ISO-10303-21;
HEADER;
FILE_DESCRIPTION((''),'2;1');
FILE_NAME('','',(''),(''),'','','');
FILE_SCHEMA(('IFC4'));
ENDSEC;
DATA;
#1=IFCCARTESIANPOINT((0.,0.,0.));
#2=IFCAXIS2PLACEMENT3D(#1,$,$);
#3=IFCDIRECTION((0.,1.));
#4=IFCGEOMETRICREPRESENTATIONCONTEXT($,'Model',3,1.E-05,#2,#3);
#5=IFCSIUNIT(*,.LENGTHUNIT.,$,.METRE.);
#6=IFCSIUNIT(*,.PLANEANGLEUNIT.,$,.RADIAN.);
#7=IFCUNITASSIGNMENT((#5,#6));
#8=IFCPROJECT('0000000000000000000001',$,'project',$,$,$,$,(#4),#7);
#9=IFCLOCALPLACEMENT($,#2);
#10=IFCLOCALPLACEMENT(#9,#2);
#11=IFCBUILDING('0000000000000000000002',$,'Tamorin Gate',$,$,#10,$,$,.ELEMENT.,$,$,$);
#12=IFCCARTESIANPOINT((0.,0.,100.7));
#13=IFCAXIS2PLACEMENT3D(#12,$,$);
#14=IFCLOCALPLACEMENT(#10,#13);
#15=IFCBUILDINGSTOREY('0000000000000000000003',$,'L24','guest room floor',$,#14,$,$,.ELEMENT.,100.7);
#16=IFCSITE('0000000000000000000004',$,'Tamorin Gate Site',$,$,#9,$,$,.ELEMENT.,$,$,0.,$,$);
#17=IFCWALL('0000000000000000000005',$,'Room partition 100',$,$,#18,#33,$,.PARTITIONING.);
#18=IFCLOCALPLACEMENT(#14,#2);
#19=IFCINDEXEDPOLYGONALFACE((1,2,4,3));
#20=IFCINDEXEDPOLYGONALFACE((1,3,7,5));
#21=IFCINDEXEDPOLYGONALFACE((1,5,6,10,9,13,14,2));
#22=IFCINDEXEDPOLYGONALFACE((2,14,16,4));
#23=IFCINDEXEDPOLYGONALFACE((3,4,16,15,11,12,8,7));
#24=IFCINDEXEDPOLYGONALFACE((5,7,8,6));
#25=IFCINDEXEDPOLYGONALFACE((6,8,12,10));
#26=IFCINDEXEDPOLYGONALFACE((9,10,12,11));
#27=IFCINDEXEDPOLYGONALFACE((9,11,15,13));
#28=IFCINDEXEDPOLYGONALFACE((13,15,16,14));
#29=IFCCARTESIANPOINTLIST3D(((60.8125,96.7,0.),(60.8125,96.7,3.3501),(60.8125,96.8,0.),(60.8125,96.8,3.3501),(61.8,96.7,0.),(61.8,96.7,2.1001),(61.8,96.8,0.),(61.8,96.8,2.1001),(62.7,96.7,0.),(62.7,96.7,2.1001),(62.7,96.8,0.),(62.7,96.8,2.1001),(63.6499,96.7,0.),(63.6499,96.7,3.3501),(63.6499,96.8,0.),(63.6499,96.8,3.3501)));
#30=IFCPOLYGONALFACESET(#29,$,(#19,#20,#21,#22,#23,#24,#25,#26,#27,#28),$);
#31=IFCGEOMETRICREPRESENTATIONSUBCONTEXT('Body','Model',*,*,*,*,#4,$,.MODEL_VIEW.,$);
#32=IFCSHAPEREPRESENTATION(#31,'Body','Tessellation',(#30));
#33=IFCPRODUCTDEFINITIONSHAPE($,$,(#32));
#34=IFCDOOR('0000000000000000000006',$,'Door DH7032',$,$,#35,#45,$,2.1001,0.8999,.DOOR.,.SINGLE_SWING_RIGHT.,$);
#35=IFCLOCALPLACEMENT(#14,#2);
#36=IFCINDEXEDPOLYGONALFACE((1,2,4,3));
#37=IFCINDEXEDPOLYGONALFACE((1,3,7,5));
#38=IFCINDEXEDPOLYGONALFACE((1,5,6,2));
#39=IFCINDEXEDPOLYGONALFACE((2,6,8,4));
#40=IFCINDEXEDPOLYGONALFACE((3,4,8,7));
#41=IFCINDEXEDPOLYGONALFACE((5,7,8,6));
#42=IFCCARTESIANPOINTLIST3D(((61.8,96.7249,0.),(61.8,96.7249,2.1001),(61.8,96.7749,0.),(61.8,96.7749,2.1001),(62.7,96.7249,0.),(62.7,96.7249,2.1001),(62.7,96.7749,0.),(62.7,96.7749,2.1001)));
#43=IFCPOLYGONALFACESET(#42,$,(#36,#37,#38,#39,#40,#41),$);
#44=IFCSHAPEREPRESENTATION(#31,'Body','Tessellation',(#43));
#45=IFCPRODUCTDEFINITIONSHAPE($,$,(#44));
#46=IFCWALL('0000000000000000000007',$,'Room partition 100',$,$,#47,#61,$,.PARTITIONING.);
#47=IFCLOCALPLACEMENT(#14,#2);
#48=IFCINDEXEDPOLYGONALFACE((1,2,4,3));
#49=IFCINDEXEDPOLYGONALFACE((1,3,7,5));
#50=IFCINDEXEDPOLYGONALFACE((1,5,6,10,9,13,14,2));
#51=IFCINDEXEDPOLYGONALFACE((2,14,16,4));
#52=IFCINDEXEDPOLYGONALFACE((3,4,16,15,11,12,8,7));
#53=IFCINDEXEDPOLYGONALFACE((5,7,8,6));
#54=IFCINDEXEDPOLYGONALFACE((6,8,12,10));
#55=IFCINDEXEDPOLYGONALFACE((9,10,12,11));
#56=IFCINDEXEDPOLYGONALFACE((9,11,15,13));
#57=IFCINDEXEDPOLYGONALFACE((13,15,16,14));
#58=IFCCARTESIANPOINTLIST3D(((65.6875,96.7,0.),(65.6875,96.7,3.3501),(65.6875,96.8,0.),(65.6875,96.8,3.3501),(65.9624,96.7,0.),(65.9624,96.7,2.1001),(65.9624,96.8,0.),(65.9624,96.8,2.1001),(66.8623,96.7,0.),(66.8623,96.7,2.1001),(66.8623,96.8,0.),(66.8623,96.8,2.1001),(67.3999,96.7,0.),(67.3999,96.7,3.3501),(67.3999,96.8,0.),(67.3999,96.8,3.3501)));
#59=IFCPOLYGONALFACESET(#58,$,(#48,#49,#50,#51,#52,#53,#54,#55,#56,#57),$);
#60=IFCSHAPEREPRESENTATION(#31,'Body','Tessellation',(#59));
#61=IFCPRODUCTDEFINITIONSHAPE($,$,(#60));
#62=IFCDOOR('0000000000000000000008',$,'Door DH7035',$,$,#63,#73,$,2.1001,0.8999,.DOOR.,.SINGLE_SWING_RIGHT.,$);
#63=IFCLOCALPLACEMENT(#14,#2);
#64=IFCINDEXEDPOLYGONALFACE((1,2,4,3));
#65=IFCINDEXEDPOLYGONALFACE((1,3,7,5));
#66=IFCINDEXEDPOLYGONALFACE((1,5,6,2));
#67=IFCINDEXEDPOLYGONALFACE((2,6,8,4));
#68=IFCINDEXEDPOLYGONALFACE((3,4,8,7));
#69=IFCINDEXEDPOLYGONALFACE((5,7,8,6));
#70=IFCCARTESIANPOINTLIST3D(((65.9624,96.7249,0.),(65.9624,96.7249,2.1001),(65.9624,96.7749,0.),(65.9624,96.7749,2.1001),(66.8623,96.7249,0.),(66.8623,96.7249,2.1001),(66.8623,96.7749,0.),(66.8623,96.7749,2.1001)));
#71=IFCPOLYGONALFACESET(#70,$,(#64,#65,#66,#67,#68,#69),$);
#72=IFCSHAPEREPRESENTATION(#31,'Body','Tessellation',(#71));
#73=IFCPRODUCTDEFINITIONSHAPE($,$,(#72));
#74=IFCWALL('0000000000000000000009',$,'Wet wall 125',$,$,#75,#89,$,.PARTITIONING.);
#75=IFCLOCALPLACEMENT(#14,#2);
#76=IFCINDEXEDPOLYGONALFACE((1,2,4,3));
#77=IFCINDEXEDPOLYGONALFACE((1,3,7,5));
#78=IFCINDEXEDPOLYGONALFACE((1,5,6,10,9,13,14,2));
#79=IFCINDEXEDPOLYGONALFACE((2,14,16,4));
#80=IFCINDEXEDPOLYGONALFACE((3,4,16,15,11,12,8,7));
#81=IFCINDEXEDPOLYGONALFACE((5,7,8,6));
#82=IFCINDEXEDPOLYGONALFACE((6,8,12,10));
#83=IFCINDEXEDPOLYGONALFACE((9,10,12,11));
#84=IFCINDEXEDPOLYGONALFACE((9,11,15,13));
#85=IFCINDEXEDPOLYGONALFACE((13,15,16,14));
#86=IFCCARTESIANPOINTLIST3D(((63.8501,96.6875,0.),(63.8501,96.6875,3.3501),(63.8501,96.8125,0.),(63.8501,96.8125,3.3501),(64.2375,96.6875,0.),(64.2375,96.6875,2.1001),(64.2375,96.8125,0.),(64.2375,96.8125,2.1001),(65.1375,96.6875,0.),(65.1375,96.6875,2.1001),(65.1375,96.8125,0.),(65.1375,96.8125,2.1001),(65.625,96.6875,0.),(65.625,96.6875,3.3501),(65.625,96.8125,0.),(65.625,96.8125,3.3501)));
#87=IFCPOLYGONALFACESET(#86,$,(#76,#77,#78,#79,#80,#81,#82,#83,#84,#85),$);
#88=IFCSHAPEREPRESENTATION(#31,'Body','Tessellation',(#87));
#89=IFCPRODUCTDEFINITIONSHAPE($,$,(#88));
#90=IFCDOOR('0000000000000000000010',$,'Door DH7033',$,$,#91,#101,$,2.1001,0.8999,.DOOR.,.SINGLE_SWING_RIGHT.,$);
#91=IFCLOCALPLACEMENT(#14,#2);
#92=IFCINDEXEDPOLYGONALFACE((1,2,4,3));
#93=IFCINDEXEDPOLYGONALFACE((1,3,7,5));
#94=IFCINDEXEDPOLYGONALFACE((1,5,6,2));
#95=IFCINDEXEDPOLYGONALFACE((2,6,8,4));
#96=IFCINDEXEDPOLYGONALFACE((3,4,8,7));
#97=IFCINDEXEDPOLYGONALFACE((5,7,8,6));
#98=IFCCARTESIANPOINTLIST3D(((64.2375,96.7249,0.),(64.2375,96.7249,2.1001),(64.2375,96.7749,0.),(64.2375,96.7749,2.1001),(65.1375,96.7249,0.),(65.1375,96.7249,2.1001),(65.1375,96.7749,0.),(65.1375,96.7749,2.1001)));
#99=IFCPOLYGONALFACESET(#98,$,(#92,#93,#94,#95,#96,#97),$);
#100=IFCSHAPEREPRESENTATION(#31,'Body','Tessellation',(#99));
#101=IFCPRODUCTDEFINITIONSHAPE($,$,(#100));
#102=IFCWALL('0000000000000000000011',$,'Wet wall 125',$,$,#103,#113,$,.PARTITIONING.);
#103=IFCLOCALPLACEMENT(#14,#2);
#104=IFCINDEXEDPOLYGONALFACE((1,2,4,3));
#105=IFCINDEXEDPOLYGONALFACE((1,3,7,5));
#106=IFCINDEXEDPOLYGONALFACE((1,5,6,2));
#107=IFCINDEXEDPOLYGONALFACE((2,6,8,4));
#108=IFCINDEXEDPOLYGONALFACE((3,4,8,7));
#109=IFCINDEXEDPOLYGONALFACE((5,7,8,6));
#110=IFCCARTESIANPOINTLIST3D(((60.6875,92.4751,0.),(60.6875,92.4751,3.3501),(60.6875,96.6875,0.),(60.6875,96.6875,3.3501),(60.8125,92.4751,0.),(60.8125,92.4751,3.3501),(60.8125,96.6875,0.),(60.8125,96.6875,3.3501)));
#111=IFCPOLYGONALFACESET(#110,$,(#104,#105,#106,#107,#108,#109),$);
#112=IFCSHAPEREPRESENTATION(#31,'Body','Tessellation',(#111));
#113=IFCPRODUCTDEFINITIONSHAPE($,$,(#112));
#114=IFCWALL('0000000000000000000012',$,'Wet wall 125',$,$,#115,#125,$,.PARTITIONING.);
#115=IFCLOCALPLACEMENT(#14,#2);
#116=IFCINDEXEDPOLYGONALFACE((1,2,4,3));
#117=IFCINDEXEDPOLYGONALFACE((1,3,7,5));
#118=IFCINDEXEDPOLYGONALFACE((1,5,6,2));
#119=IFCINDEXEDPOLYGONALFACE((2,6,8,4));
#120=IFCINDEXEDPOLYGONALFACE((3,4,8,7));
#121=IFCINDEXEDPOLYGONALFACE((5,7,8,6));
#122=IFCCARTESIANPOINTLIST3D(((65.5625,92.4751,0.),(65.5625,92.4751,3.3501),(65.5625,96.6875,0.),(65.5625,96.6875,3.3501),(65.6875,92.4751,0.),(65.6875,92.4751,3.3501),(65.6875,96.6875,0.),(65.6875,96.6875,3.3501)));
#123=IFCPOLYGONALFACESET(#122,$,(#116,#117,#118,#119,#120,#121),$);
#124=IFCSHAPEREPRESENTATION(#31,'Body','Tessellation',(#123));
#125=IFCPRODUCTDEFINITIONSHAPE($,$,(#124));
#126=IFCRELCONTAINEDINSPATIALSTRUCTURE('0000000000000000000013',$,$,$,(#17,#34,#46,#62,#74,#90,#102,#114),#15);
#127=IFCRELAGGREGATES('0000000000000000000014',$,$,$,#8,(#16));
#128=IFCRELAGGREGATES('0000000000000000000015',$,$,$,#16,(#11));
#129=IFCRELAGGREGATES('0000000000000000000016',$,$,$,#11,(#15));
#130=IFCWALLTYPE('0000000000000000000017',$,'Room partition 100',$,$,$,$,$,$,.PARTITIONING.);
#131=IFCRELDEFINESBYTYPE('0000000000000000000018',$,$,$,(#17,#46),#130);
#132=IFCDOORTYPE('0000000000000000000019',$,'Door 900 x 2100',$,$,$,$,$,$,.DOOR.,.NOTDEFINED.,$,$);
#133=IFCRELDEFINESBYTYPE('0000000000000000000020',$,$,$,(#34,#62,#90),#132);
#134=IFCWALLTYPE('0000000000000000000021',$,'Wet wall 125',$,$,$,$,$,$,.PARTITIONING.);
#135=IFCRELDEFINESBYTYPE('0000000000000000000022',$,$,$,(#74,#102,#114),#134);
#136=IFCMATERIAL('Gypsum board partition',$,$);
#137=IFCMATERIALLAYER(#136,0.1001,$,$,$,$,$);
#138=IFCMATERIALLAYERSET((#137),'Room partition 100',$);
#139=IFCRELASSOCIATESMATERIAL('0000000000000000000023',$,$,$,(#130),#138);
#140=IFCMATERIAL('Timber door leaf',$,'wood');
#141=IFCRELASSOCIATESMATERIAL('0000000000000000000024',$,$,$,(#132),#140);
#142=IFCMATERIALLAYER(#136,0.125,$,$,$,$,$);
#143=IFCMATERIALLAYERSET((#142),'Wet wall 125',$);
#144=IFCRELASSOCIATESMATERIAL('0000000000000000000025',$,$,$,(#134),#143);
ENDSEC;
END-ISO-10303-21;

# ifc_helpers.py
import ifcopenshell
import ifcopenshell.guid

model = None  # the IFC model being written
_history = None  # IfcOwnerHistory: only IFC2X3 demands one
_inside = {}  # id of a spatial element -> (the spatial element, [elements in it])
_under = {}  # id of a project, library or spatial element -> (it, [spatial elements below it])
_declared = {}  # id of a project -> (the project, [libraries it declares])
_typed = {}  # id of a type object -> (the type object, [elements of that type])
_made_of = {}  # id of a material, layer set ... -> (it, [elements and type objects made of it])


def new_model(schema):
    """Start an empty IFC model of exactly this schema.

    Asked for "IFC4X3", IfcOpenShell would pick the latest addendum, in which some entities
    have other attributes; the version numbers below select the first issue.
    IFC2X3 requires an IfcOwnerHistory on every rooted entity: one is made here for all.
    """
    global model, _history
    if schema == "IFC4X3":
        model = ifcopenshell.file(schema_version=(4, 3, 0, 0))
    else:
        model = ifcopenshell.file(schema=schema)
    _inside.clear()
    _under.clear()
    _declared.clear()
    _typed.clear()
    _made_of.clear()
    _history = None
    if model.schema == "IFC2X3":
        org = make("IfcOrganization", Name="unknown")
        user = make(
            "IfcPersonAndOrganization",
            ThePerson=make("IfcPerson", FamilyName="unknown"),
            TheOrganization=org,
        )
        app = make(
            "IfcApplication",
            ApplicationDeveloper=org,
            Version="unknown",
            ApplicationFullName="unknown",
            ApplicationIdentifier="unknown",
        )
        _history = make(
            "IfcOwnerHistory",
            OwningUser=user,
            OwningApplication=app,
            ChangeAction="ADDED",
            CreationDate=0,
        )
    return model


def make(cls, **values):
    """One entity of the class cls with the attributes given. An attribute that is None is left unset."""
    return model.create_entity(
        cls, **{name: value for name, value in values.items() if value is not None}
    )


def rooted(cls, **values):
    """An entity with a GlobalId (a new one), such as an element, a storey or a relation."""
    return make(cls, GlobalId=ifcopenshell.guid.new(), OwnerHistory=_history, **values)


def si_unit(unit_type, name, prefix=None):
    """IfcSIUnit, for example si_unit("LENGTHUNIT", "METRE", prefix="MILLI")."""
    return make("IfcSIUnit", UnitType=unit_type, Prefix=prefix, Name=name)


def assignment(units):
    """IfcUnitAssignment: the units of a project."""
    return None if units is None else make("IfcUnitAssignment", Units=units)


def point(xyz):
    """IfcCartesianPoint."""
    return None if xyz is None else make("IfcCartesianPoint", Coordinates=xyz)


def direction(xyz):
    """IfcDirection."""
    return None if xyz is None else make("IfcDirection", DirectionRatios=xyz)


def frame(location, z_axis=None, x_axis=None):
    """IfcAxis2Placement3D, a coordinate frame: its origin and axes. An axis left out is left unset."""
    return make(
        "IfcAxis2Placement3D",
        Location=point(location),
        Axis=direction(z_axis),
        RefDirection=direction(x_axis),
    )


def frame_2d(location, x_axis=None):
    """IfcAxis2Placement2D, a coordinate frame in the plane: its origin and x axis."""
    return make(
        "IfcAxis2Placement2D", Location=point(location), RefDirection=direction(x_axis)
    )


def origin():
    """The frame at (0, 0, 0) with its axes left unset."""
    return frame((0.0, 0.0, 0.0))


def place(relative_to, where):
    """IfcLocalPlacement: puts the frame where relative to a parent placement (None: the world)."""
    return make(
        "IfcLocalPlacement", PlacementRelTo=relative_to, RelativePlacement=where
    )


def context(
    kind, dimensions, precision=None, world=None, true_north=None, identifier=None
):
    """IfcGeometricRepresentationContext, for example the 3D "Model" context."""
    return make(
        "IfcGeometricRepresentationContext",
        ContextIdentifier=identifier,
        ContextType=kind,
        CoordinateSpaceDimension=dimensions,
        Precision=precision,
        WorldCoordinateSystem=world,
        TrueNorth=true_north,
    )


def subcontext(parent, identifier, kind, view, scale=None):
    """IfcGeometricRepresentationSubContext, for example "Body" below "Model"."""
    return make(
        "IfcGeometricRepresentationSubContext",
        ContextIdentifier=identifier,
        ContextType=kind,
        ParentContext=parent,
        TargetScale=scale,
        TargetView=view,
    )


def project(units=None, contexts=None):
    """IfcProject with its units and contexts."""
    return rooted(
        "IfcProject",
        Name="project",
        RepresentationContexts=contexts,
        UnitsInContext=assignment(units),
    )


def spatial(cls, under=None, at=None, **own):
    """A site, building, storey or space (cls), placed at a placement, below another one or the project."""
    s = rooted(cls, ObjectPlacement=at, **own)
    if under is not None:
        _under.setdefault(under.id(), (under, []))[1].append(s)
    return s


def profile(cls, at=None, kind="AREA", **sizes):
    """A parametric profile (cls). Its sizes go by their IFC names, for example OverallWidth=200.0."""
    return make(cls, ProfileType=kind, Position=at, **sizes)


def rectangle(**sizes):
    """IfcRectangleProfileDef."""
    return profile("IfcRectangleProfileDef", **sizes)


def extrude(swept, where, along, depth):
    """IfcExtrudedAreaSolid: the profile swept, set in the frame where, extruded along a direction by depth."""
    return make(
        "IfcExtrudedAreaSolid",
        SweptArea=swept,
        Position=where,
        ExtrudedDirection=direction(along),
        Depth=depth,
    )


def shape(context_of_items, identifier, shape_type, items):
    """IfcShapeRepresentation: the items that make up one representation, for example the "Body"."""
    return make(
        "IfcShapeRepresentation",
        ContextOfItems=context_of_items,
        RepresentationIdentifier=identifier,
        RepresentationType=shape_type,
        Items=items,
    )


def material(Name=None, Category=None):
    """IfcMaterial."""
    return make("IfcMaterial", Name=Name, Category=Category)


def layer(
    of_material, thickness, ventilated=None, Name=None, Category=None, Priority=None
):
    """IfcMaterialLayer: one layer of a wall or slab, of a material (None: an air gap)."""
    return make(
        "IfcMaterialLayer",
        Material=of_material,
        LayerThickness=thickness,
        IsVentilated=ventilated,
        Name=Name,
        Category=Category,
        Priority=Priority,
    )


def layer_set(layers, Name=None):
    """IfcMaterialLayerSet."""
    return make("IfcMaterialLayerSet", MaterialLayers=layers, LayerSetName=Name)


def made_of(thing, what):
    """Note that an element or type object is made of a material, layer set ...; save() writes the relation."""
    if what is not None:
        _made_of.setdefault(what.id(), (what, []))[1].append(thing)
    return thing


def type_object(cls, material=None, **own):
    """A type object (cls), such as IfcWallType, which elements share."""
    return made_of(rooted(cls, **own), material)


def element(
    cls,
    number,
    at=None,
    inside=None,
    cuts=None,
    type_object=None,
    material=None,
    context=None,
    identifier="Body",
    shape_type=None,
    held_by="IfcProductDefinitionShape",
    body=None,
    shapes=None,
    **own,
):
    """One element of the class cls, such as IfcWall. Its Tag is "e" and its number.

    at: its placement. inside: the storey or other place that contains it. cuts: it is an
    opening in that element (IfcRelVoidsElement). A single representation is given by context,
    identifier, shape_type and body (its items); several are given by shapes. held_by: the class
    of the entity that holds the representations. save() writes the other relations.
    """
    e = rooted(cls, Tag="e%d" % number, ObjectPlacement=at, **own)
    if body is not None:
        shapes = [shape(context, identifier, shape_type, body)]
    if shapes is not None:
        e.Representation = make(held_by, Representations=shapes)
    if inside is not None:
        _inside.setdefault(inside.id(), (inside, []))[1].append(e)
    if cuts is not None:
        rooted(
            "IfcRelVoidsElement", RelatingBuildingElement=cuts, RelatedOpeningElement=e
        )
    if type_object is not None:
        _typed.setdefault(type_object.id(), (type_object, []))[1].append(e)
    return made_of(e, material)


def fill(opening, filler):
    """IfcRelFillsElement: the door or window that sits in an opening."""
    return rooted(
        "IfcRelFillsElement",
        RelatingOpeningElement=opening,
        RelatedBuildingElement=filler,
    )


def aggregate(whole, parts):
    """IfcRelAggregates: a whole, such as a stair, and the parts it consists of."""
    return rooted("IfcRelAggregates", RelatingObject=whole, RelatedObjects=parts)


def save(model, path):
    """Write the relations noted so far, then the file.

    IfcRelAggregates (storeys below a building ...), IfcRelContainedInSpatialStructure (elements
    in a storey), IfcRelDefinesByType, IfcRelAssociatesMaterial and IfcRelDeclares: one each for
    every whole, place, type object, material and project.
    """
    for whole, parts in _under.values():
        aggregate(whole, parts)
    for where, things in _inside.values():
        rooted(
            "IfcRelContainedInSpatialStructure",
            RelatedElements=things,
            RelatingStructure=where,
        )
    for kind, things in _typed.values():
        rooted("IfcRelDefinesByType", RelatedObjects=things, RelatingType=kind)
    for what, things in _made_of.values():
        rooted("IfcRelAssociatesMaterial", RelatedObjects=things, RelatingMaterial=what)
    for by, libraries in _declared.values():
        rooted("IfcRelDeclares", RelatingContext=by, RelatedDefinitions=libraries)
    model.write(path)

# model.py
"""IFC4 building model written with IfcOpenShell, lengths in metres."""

from ifc_helpers import new_model, si_unit, direction, frame, frame_2d, origin, place, context, subcontext, project, spatial, rectangle, extrude, material, layer, layer_set, type_object, element, fill, save


model = new_model("IFC4")

# Units and contexts
model_context = context("Model", 3, precision=1e-05, world=origin(), true_north=direction((0.0, 1.0)))
body_context = subcontext(model_context, "Body", "Model", "MODEL_VIEW")
ifc_project = project(units=[si_unit("LENGTHUNIT", "METRE"), si_unit("PLANEANGLEUNIT", "RADIAN")], contexts=[model_context])

# Site, building, storey
site_placement = place(None, origin())
site = spatial("IfcSite", under=ifc_project, at=site_placement, Name="Tamorin Gate Site", CompositionType="ELEMENT", RefElevation=0.0)
building_placement = place(site_placement, origin())
building = spatial("IfcBuilding", under=site, at=building_placement, Name="Tamorin Gate", CompositionType="ELEMENT")
storey_placement = place(building_placement, frame((0.0, 0.0, 100.7)))
storey = spatial("IfcBuildingStorey", under=building, at=storey_placement, Name="L24", Description="guest room floor", CompositionType="ELEMENT", Elevation=100.7)

# Shared definitions
ifc_material_1 = material(Name="Gypsum board partition")

# Walls, openings, doors
ifc_layer_1 = layer(ifc_material_1, 0.1001)
ifc_layer_set_1 = layer_set([ifc_layer_1], Name="Room partition 100")
wall_type_1 = type_object("IfcWallType", Name="Room partition 100", PredefinedType="PARTITIONING", material=ifc_layer_set_1)
wall_1_placement = place(storey_placement, frame((60.8125, 96.75, 0.0), z_axis=(0.0, 0.0, 1.0), x_axis=(1.0, 0.0, 0.0)))
wall_1 = element("IfcWall", 1, at=wall_1_placement, inside=storey, type_object=wall_type_1, Name="Room partition 100", PredefinedType="PARTITIONING", context=body_context, shape_type="SweptSolid", body=[
    extrude(rectangle(XDim=2.8374, YDim=0.1001, at=frame_2d((1.4187, 0.0))), origin(), (0.0, 0.0, 1.0), 3.3501),
])
opening_1_placement = place(wall_1_placement, frame((0.9875, 0.0, 0.0)))
opening_1 = element("IfcOpeningElement", 2, at=opening_1_placement, cuts=wall_1, PredefinedType="OPENING", context=body_context, shape_type="SweptSolid", body=[
    extrude(rectangle(XDim=0.8999, YDim=2.1001, at=frame_2d((0.45, 1.05))), frame((0.0, 0.0601, 0.0), z_axis=(0.0, -1.0, 0.0), x_axis=(1.0, 0.0, 0.0)), (0.0, 0.0, 1.0), 0.1201),
])
ifc_material_2 = material(Name="Timber door leaf", Category="wood")
door_type = type_object("IfcDoorType", Name="Door 900 x 2100", OperationType="NOTDEFINED", PredefinedType="DOOR", material=ifc_material_2)
door_1_placement = place(opening_1_placement, origin())
door_1 = element("IfcDoor", 3, at=door_1_placement, inside=storey, type_object=door_type, Name="Door DH7032", OperationType="SINGLE_SWING_RIGHT", OverallHeight=2.1001, OverallWidth=0.8999, PredefinedType="DOOR", context=body_context, shape_type="SweptSolid", body=[
    extrude(rectangle(XDim=0.8999, YDim=2.1001, at=frame_2d((0.45, 1.05))), frame((0.0, 0.0249, 0.0), z_axis=(0.0, -1.0, 0.0), x_axis=(1.0, 0.0, 0.0)), (0.0, 0.0, 1.0), 0.05),
])
fill(opening_1, door_1)
wall_2_placement = place(storey_placement, frame((65.6875, 96.75, 0.0), z_axis=(0.0, 0.0, 1.0), x_axis=(1.0, 0.0, 0.0)))
wall_2 = element("IfcWall", 4, at=wall_2_placement, inside=storey, type_object=wall_type_1, Name="Room partition 100", PredefinedType="PARTITIONING", context=body_context, shape_type="SweptSolid", body=[
    extrude(rectangle(XDim=1.7124, YDim=0.1001, at=frame_2d((0.8562, 0.0))), origin(), (0.0, 0.0, 1.0), 3.3501),
])
opening_2_placement = place(wall_2_placement, frame((0.2749, 0.0, 0.0)))
opening_2 = element("IfcOpeningElement", 5, at=opening_2_placement, cuts=wall_2, PredefinedType="OPENING", context=body_context, shape_type="SweptSolid", body=[
    extrude(rectangle(XDim=0.8999, YDim=2.1001, at=frame_2d((0.45, 1.05))), frame((0.0, 0.0601, 0.0), z_axis=(0.0, -1.0, 0.0), x_axis=(1.0, 0.0, 0.0)), (0.0, 0.0, 1.0), 0.1201),
])
door_2_placement = place(opening_2_placement, origin())
door_2 = element("IfcDoor", 6, at=door_2_placement, inside=storey, type_object=door_type, Name="Door DH7035", OperationType="SINGLE_SWING_RIGHT", OverallHeight=2.1001, OverallWidth=0.8999, PredefinedType="DOOR", context=body_context, shape_type="SweptSolid", body=[
    extrude(rectangle(XDim=0.8999, YDim=2.1001, at=frame_2d((0.45, 1.05))), frame((0.0, 0.0249, 0.0), z_axis=(0.0, -1.0, 0.0), x_axis=(1.0, 0.0, 0.0)), (0.0, 0.0, 1.0), 0.05),
])
fill(opening_2, door_2)
ifc_layer_2 = layer(ifc_material_1, 0.125)
ifc_layer_set_2 = layer_set([ifc_layer_2], Name="Wet wall 125")
wall_type_2 = type_object("IfcWallType", Name="Wet wall 125", PredefinedType="PARTITIONING", material=ifc_layer_set_2)
wall_3_placement = place(storey_placement, frame((63.8501, 96.75, 0.0), z_axis=(0.0, 0.0, 1.0), x_axis=(1.0, 0.0, 0.0)))
wall_3 = element("IfcWall", 7, at=wall_3_placement, inside=storey, type_object=wall_type_2, Name="Wet wall 125", PredefinedType="PARTITIONING", context=body_context, shape_type="SweptSolid", body=[
    extrude(rectangle(XDim=1.7749, YDim=0.125, at=frame_2d((0.8875, 0.0))), origin(), (0.0, 0.0, 1.0), 3.3501),
])
opening_3_placement = place(wall_3_placement, frame((0.3875, 0.0, 0.0)))
opening_3 = element("IfcOpeningElement", 8, at=opening_3_placement, cuts=wall_3, PredefinedType="OPENING", context=body_context, shape_type="SweptSolid", body=[
    extrude(rectangle(XDim=0.8999, YDim=2.1001, at=frame_2d((0.45, 1.05))), frame((0.0, 0.0725, 0.0), z_axis=(0.0, -1.0, 0.0), x_axis=(1.0, 0.0, 0.0)), (0.0, 0.0, 1.0), 0.145),
])
door_3_placement = place(opening_3_placement, origin())
door_3 = element("IfcDoor", 9, at=door_3_placement, inside=storey, type_object=door_type, Name="Door DH7033", OperationType="SINGLE_SWING_RIGHT", OverallHeight=2.1001, OverallWidth=0.8999, PredefinedType="DOOR", context=body_context, shape_type="SweptSolid", body=[
    extrude(rectangle(XDim=0.8999, YDim=2.1001, at=frame_2d((0.45, 1.05))), frame((0.0, 0.0249, 0.0), z_axis=(0.0, -1.0, 0.0), x_axis=(1.0, 0.0, 0.0)), (0.0, 0.0, 1.0), 0.05),
])
fill(opening_3, door_3)

# Walls
for number, where, z_axis, x_axis, name in (
    (10, (60.75, 92.4751, 0.0), (0.0, 0.0, 1.0), (0.0, 1.0, 0.0), "Wet wall 125"),
    (11, (65.625, 92.4751, 0.0), (0.0, 0.0, 1.0), (0.0, 1.0, 0.0), "Wet wall 125"),
):
    element("IfcWall", number, at=place(storey_placement, frame(where, z_axis=z_axis, x_axis=x_axis)), inside=storey, type_object=wall_type_2, Name=name, PredefinedType="PARTITIONING", context=body_context, shape_type="SweptSolid", body=[
        extrude(rectangle(XDim=4.2124, YDim=0.125, at=frame_2d((2.1062, 0.0))), origin(), (0.0, 0.0, 1.0), 3.3501),
    ])

save(model, "model.ifc")
